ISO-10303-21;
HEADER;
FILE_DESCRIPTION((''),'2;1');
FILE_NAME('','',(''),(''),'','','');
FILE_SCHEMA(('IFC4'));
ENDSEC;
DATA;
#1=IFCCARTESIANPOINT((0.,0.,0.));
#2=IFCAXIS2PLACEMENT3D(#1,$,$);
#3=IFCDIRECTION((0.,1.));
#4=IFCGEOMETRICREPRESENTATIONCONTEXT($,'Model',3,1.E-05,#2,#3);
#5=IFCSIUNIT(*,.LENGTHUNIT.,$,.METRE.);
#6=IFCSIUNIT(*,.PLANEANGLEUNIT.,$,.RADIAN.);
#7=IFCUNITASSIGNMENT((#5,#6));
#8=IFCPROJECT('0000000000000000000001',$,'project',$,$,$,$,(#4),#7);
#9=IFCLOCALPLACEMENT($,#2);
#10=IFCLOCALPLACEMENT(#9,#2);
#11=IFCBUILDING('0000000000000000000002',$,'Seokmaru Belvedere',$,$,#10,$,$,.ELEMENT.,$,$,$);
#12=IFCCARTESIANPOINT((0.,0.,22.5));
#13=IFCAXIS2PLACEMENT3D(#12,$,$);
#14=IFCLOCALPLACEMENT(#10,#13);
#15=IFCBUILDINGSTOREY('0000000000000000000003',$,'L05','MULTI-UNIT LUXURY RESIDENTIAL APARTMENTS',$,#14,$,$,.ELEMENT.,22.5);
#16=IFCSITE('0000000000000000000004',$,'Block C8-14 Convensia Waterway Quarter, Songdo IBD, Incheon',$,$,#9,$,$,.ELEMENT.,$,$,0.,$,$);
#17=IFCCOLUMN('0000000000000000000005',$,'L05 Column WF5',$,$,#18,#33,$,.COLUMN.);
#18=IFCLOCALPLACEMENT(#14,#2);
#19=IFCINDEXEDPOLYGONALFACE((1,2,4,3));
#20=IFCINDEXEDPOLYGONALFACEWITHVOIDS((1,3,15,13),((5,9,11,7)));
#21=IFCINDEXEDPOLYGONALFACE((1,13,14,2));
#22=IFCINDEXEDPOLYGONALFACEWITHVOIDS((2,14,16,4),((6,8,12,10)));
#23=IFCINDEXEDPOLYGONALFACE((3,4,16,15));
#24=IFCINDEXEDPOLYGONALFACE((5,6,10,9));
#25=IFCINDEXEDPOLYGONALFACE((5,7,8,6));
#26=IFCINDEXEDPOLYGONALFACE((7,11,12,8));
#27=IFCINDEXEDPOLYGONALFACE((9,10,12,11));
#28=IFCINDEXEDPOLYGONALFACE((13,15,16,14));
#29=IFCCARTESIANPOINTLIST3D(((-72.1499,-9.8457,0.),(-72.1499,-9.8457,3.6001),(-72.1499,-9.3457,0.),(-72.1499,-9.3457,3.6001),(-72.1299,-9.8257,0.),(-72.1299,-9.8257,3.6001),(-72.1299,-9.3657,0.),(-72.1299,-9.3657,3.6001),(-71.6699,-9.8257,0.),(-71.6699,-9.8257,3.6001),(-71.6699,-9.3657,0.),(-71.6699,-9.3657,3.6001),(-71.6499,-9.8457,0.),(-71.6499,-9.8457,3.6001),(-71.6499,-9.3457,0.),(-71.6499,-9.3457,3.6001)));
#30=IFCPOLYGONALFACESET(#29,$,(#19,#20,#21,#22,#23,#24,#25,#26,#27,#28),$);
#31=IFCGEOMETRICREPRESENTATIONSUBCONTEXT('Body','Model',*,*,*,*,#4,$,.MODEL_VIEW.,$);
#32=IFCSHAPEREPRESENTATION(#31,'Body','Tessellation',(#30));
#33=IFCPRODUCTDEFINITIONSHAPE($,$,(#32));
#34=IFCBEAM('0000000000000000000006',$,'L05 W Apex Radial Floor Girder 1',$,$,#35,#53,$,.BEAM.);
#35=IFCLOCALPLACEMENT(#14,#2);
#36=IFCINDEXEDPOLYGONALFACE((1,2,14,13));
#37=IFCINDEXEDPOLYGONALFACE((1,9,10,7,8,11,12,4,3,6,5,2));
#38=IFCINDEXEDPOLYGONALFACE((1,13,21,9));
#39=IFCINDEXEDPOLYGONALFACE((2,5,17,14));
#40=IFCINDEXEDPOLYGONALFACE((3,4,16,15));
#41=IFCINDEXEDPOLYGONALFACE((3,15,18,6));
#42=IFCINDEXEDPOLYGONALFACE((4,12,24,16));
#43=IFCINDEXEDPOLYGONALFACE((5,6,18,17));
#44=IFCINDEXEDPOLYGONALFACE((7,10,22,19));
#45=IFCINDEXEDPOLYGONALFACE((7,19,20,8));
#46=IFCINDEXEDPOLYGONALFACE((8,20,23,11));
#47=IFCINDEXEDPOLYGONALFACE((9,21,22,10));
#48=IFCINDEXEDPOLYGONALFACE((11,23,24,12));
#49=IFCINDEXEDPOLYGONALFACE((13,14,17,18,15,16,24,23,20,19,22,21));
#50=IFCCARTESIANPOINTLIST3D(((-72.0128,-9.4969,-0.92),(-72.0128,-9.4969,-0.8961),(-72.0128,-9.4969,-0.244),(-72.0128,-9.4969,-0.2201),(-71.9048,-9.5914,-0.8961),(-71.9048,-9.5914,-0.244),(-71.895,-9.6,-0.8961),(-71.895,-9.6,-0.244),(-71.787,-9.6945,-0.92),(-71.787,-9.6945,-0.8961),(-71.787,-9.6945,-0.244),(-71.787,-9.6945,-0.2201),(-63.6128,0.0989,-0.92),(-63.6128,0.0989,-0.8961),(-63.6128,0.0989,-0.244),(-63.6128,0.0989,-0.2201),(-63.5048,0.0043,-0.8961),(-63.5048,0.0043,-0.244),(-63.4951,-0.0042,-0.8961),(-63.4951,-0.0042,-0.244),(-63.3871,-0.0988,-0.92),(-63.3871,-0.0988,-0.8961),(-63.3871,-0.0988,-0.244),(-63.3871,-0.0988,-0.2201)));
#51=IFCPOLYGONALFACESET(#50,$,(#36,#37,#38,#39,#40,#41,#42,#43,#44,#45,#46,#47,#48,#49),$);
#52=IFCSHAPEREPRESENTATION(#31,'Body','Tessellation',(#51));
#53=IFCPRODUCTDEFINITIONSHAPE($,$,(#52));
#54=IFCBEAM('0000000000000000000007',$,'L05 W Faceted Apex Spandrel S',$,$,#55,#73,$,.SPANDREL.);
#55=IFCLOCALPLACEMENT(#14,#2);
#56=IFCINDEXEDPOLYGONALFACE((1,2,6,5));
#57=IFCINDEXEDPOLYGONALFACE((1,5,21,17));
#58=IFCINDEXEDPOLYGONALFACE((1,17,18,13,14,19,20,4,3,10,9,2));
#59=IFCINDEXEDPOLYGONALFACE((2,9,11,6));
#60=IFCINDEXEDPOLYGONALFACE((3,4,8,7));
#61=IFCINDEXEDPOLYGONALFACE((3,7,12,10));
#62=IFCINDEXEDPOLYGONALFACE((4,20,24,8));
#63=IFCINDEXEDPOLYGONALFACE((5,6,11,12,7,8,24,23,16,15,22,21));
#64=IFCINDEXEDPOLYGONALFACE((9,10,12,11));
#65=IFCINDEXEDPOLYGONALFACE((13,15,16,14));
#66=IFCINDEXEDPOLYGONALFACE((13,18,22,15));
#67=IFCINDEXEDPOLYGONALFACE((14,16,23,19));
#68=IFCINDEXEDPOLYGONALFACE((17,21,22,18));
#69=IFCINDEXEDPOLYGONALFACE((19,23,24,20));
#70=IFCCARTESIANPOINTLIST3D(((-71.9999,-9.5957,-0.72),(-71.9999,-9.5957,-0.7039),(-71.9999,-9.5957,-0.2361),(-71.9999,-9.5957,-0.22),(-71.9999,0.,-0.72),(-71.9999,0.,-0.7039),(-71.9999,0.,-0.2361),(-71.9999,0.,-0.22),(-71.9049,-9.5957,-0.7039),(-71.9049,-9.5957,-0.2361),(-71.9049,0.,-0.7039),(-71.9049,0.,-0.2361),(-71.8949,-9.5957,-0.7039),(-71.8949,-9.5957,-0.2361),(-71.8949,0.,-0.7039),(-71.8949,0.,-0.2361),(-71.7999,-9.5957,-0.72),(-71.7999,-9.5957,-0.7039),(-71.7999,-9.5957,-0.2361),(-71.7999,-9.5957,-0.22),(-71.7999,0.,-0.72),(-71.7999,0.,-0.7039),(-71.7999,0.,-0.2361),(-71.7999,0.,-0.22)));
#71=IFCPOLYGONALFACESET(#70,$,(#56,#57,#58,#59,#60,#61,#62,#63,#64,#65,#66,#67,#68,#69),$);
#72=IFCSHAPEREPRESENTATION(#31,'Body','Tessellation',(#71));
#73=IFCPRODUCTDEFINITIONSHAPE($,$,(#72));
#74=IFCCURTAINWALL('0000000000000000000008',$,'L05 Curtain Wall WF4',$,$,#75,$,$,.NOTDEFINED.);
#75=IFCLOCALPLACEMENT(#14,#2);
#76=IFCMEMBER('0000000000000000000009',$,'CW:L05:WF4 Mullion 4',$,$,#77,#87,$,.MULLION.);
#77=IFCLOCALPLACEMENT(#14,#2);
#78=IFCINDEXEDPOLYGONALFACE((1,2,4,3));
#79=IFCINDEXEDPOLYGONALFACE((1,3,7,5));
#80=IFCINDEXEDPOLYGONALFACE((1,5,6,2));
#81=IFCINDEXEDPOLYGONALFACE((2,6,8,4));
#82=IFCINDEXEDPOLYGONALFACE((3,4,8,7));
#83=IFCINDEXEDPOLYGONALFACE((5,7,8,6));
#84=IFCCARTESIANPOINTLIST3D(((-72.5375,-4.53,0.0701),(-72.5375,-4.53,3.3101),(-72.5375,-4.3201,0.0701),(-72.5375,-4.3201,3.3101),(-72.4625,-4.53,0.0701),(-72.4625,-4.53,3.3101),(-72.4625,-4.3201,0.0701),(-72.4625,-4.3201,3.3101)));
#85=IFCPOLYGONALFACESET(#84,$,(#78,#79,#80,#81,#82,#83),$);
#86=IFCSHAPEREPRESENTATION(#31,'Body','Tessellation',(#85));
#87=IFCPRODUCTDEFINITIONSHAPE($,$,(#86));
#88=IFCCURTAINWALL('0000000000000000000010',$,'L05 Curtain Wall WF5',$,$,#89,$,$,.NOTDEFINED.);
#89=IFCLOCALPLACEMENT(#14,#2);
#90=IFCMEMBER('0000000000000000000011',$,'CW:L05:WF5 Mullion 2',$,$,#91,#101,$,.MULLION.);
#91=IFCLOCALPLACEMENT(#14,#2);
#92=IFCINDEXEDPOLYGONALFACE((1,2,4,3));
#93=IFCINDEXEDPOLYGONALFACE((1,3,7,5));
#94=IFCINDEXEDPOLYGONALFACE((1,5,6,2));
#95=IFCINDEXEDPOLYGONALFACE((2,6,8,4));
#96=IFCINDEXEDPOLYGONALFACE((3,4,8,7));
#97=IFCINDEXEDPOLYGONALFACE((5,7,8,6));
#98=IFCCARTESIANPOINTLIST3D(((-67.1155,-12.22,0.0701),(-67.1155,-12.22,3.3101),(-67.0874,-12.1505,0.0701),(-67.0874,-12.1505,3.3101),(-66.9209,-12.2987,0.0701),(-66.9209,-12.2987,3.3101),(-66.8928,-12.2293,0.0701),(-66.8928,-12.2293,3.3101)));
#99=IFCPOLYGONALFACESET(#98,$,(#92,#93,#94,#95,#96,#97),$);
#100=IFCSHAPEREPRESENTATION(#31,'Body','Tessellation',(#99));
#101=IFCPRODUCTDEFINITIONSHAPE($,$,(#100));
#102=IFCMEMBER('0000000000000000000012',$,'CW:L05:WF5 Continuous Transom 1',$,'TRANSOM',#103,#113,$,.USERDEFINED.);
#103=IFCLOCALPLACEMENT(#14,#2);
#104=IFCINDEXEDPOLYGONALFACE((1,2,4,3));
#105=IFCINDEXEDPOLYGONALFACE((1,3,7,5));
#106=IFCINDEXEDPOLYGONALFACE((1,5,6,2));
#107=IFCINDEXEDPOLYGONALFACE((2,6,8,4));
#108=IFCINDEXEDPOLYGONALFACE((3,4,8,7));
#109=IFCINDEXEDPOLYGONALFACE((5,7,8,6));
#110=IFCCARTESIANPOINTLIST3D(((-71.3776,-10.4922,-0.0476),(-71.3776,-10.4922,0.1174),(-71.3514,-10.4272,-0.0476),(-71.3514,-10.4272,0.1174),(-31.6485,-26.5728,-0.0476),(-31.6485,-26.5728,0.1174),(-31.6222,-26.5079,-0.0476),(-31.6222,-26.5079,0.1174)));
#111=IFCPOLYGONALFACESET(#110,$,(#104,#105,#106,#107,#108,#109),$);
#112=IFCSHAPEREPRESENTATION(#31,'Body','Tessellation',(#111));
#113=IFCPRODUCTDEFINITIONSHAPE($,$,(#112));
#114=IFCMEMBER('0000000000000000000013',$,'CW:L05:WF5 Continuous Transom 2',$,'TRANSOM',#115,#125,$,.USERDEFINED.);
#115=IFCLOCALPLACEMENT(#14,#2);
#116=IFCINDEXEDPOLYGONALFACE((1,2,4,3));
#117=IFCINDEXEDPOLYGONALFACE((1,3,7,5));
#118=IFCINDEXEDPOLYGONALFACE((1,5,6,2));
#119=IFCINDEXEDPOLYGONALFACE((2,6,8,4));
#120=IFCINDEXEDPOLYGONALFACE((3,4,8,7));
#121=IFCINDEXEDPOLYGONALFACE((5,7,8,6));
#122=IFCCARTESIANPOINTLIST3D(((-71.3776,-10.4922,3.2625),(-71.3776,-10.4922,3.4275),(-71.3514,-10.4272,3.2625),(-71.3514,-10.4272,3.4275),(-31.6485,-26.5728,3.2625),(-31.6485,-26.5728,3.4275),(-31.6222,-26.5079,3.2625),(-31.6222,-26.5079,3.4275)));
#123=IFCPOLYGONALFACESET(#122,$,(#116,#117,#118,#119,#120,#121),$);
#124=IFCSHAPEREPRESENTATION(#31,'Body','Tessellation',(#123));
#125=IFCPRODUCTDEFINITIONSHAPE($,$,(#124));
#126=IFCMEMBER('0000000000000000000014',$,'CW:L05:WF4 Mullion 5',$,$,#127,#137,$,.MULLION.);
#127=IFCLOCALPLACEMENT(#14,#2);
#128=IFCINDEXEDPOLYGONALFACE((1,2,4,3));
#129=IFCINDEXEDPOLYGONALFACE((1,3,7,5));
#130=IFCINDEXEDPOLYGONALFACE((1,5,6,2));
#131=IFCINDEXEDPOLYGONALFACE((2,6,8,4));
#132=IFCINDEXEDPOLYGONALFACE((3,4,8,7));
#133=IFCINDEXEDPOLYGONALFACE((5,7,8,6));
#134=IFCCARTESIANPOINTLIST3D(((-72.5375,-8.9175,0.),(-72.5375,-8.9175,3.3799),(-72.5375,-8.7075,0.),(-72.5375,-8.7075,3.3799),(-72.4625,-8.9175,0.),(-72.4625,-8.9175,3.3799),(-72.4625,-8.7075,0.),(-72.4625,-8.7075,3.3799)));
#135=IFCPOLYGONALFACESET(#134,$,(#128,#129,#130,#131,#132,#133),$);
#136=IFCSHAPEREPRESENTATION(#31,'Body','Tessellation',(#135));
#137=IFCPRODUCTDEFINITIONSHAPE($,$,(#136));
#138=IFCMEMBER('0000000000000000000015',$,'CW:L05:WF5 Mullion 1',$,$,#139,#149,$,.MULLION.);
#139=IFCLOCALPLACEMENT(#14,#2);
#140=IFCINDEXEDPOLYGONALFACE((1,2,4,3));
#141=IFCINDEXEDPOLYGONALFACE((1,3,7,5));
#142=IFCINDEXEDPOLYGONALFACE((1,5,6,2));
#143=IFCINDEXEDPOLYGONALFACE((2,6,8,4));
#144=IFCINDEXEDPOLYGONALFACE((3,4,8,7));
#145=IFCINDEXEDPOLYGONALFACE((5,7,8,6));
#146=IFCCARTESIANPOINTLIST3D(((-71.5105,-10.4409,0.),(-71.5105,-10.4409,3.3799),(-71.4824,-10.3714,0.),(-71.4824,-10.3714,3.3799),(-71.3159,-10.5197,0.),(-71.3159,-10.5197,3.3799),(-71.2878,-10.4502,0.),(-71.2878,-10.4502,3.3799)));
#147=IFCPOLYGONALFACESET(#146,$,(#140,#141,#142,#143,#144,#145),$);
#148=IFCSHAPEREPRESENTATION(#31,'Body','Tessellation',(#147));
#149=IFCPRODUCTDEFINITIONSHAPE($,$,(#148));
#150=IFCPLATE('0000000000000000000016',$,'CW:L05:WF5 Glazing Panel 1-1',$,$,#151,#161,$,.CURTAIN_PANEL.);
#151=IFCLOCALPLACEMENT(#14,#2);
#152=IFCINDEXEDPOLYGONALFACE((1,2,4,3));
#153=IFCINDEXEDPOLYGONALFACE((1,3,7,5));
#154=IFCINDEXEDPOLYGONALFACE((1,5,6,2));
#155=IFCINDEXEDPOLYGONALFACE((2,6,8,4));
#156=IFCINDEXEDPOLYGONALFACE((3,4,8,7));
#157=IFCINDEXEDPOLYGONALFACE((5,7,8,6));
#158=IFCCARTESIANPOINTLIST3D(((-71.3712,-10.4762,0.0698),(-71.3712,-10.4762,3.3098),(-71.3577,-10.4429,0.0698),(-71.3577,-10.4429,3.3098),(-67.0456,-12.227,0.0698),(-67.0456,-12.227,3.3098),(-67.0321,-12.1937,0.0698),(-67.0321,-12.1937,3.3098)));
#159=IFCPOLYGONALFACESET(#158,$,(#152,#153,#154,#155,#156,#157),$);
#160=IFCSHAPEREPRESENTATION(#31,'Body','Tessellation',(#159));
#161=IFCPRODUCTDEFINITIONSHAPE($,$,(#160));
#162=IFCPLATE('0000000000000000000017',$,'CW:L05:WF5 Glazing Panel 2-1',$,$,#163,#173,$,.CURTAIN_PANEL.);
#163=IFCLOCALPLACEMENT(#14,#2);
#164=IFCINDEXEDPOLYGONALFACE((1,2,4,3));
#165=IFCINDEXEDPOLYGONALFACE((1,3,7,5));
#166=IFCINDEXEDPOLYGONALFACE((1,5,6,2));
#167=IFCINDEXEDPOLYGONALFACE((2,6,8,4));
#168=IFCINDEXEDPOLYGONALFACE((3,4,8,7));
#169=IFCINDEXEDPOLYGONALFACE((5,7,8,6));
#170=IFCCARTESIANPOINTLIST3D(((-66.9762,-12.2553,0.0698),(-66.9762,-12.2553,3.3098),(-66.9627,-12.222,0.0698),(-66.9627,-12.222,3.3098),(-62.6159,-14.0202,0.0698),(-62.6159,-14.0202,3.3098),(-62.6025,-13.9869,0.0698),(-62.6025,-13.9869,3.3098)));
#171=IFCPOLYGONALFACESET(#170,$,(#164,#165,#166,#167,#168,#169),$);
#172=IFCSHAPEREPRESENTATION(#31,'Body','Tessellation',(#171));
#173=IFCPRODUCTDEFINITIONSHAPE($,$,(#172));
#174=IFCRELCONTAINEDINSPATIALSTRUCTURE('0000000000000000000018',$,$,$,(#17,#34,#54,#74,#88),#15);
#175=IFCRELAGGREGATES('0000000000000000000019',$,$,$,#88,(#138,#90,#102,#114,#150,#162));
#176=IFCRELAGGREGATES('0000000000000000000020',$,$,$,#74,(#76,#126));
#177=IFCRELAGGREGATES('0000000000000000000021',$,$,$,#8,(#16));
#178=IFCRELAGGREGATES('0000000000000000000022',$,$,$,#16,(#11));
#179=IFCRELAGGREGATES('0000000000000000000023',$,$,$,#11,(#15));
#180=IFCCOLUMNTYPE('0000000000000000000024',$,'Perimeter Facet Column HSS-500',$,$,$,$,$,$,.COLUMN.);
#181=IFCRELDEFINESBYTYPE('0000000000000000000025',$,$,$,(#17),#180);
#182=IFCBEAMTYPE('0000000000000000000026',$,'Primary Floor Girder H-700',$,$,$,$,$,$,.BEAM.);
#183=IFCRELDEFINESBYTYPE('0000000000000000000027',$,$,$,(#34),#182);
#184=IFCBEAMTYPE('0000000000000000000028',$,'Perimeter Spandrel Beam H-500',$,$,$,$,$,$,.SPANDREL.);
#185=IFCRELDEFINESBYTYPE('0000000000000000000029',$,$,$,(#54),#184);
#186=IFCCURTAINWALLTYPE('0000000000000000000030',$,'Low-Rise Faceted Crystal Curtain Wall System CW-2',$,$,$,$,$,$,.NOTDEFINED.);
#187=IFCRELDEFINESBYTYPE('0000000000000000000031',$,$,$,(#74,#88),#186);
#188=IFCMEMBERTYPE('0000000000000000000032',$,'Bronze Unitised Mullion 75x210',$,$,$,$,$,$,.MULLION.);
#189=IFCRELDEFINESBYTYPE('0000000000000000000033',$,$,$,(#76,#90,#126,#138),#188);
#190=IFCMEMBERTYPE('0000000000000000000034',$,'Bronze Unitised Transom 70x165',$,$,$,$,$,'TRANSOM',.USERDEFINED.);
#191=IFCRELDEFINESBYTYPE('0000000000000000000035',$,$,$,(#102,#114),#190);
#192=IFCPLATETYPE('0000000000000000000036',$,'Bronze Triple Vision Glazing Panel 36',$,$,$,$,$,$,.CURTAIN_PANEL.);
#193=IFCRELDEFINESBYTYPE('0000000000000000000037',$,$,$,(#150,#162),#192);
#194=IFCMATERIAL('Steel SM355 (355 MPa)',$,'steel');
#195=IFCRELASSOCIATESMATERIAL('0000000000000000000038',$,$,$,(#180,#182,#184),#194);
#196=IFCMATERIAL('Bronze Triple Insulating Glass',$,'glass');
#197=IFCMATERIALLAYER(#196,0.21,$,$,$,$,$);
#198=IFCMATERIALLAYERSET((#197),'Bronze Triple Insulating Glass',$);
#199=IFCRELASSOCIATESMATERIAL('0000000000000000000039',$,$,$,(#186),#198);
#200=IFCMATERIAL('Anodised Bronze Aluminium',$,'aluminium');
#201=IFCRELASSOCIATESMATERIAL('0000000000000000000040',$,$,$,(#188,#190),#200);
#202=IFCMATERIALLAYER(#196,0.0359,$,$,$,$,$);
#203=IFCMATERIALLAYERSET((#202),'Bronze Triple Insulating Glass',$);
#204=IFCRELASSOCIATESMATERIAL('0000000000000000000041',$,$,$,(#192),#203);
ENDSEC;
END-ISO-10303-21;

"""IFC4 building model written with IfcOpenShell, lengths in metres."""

from ifc_helpers import new_model, si_unit, direction, frame, origin, origin_2d, place, context, subcontext, project, spatial, rectangle, hollow_rectangle, i_section, extrude, source, transform, mapped, material, layer, layer_set, material_profile, profile_set, type_object, type_shapes, element, aggregate, save


model = new_model("IFC4")

# Units and contexts
model_context = context("Model", 3, precision=1e-05, world=origin(), true_north=direction((0.0, 1.0)))
body_context = subcontext(model_context, "Body", "Model", "MODEL_VIEW")
ifc_project = project(units=[si_unit("LENGTHUNIT", "METRE"), si_unit("PLANEANGLEUNIT", "RADIAN")], contexts=[model_context])

# Site, building, storey
site_placement = place(None, origin())
site = spatial("IfcSite", under=ifc_project, at=site_placement, Name="Block C8-14 Convensia Waterway Quarter, Songdo IBD, Incheon", CompositionType="ELEMENT", RefElevation=0.0)
building_placement = place(site_placement, origin())
building = spatial("IfcBuilding", under=site, at=building_placement, Name="Seokmaru Belvedere", CompositionType="ELEMENT")
storey_placement = place(building_placement, frame((0.0, 0.0, 22.5)))
storey = spatial("IfcBuildingStorey", under=building, at=storey_placement, Name="L05", Description="MULTI-UNIT LUXURY RESIDENTIAL APARTMENTS", CompositionType="ELEMENT", Elevation=22.5)

# Column
ifc_material_1 = material(Name="Steel SM355 (355 MPa)", Category="steel")
ifc_material_profile_1 = material_profile(ifc_material_1, hollow_rectangle(XDim=0.5, YDim=0.5, WallThickness=0.02, at=origin_2d()), Name="HSS-500x500x20")
ifc_profile_set_1 = profile_set([ifc_material_profile_1], Name="Steel SM355 (355 MPa)")
column_type = type_object("IfcColumnType", Name="Perimeter Facet Column HSS-500", PredefinedType="COLUMN", material=ifc_profile_set_1)
shared_shape_1 = source(origin(), body_context, "Body", "SweptSolid", [
    extrude(hollow_rectangle(XDim=0.5, YDim=0.5, WallThickness=0.02, at=origin_2d()), origin(), (0.0, 0.0, 1.0), 3.6001),
])
type_shapes(column_type, [shared_shape_1])
column_placement = place(storey_placement, frame((-71.8999, -9.5957, 0.0), z_axis=(0.0, 0.0, 1.0), x_axis=(1.0, 0.0, 0.0)))
element("IfcColumn", 1, at=column_placement, inside=storey, type_object=column_type, Name="L05 Column WF5", PredefinedType="COLUMN", context=body_context, shape_type="MappedRepresentation", body=[
    mapped(shared_shape_1, transform((0.0, 0.0, 0.0), scale=1.0)),
])

# Beams
ifc_material_profile_2 = material_profile(ifc_material_1, i_section(OverallWidth=0.3, OverallDepth=0.7, WebThickness=0.0129, FlangeThickness=0.0239, at=origin_2d()), Name="H-700x300x13x24")
ifc_profile_set_2 = profile_set([ifc_material_profile_2], Name="Steel SM355 (355 MPa)")
beam_type_1 = type_object("IfcBeamType", Name="Primary Floor Girder H-700", PredefinedType="BEAM", material=ifc_profile_set_2)
shared_shape_2 = source(origin(), body_context, "Body", "SweptSolid", [
    extrude(i_section(OverallWidth=0.3, OverallDepth=0.7, WebThickness=0.0129, FlangeThickness=0.0239, at=origin_2d()), origin(), (0.0, 0.0, 1.0), 12.7529),
])
type_shapes(beam_type_1, [shared_shape_2])
beam_1_placement = place(storey_placement, frame((-71.8999, -9.5957, -0.5701), z_axis=(0.658667, 0.752434, 0.0), x_axis=(-0.752434, 0.658667, 0.0)))
element("IfcBeam", 2, at=beam_1_placement, inside=storey, type_object=beam_type_1, Name="L05 W Apex Radial Floor Girder 1", PredefinedType="BEAM", context=body_context, shape_type="MappedRepresentation", body=[
    mapped(shared_shape_2, transform((0.0, 0.0, 0.0), scale=1.0)),
])
ifc_material_profile_3 = material_profile(ifc_material_1, i_section(OverallWidth=0.2, OverallDepth=0.5, WebThickness=0.01, FlangeThickness=0.0161, at=origin_2d()), Name="H-500x200x10x16")
ifc_profile_set_3 = profile_set([ifc_material_profile_3], Name="Steel SM355 (355 MPa)")
beam_type_2 = type_object("IfcBeamType", Name="Perimeter Spandrel Beam H-500", PredefinedType="SPANDREL", material=ifc_profile_set_3)
shared_shape_3 = source(origin(), body_context, "Body", "SweptSolid", [
    extrude(i_section(OverallWidth=0.2, OverallDepth=0.5, WebThickness=0.01, FlangeThickness=0.0161, at=origin_2d()), origin(), (0.0, 0.0, 1.0), 9.5957),
])
type_shapes(beam_type_2, [shared_shape_3])
beam_2_placement = place(storey_placement, frame((-71.8999, -9.5957, -0.47), z_axis=(0.0, 1.0, 0.0), x_axis=(-1.0, 0.0, 0.0)))
element("IfcBeam", 3, at=beam_2_placement, inside=storey, type_object=beam_type_2, Name="L05 W Faceted Apex Spandrel S", PredefinedType="SPANDREL", context=body_context, shape_type="MappedRepresentation", body=[
    mapped(shared_shape_3, transform((0.0, 0.0, 0.0), scale=1.0)),
])

# Curtain wall, member
ifc_material_2 = material(Name="Bronze Triple Insulating Glass", Category="glass")
ifc_layer_1 = layer(ifc_material_2, 0.21)
ifc_layer_set_1 = layer_set([ifc_layer_1], Name="Bronze Triple Insulating Glass")
curtain_wall_type = type_object("IfcCurtainWallType", Name="Low-Rise Faceted Crystal Curtain Wall System CW-2", PredefinedType="NOTDEFINED", material=ifc_layer_set_1)
curtain_wall_1_placement = place(storey_placement, origin())
curtain_wall_1 = element("IfcCurtainWall", 4, at=curtain_wall_1_placement, inside=storey, type_object=curtain_wall_type, Name="L05 Curtain Wall WF4", PredefinedType="NOTDEFINED")
ifc_material_3 = material(Name="Anodised Bronze Aluminium", Category="aluminium")
ifc_material_profile_4 = material_profile(ifc_material_3, rectangle(XDim=0.075, YDim=0.21, at=origin_2d()), Name="CW-M-75x210")
ifc_profile_set_4 = profile_set([ifc_material_profile_4], Name="Anodised Bronze Aluminium")
member_type_1 = type_object("IfcMemberType", Name="Bronze Unitised Mullion 75x210", PredefinedType="MULLION", material=ifc_profile_set_4)
shared_shape_4 = source(origin(), body_context, "Body", "SweptSolid", [
    extrude(rectangle(XDim=0.075, YDim=0.21, at=origin_2d()), origin(), (0.0, 0.0, 1.0), 3.24),
])
member_1_placement = place(storey_placement, frame((-72.5, -4.425, 0.0701), z_axis=(0.0, 0.0, 1.0), x_axis=(1.0, 0.0, 0.0)))
member_1 = element("IfcMember", 5, at=member_1_placement, type_object=member_type_1, Name="CW:L05:WF4 Mullion 4", PredefinedType="MULLION", context=body_context, shape_type="MappedRepresentation", body=[
    mapped(shared_shape_4, transform((0.0, 0.0, 0.0), scale=1.0)),
])

# Curtain wall, members
curtain_wall_2_placement = place(storey_placement, origin())
curtain_wall_2 = element("IfcCurtainWall", 6, at=curtain_wall_2_placement, inside=storey, type_object=curtain_wall_type, Name="L05 Curtain Wall WF5", PredefinedType="NOTDEFINED")
member_2_placement = place(storey_placement, frame((-67.0042, -12.2246, 0.0701), z_axis=(0.0, 0.0, 1.0), x_axis=(0.375192, 0.926947, 0.0)))
member_2 = element("IfcMember", 7, at=member_2_placement, type_object=member_type_1, Name="CW:L05:WF5 Mullion 2", PredefinedType="MULLION", context=body_context, shape_type="MappedRepresentation", body=[
    mapped(shared_shape_4, transform((0.0, 0.0, 0.0), scale=1.0)),
])
ifc_material_profile_5 = material_profile(ifc_material_3, rectangle(XDim=0.0701, YDim=0.165, at=origin_2d()), Name="CW-T-70x165")
ifc_profile_set_5 = profile_set([ifc_material_profile_5], Name="Anodised Bronze Aluminium")
member_type_2 = type_object("IfcMemberType", Name="Bronze Unitised Transom 70x165", ElementType="TRANSOM", PredefinedType="USERDEFINED", material=ifc_profile_set_5)
shared_shape_5 = source(origin(), body_context, "Body", "SweptSolid", [
    extrude(rectangle(XDim=0.0701, YDim=0.165, at=origin_2d()), origin(), (0.0, 0.0, 1.0), 42.8601),
])
type_shapes(member_type_2, [shared_shape_5])
member_3_placement = place(storey_placement, frame((-71.3645, -10.4597, 0.0349), z_axis=(0.926949, -0.375188, 0.0), x_axis=(0.375188, 0.926949, 0.0)))
member_3 = element("IfcMember", 8, at=member_3_placement, type_object=member_type_2, Name="CW:L05:WF5 Continuous Transom 1", ObjectType="TRANSOM", PredefinedType="USERDEFINED", context=body_context, shape_type="MappedRepresentation", body=[
    mapped(shared_shape_5, transform((0.0, 0.0, 0.0), scale=1.0)),
])
member_4_placement = place(storey_placement, frame((-71.3645, -10.4597, 3.345), z_axis=(0.926949, -0.375188, 0.0), x_axis=(0.375188, 0.926949, 0.0)))
member_4 = element("IfcMember", 9, at=member_4_placement, type_object=member_type_2, Name="CW:L05:WF5 Continuous Transom 2", ObjectType="TRANSOM", PredefinedType="USERDEFINED", context=body_context, shape_type="MappedRepresentation", body=[
    mapped(shared_shape_5, transform((0.0, 0.0, 0.0), scale=1.0)),
])

# Members
shared_shape_6 = source(origin(), body_context, "Body", "SweptSolid", [
    extrude(rectangle(XDim=0.075, YDim=0.21, at=origin_2d()), origin(), (0.0, 0.0, 1.0), 3.3799),
])
type_shapes(member_type_1, [shared_shape_4, shared_shape_6])
member_5_placement = place(storey_placement, frame((-72.5, -8.8125, 0.0), z_axis=(0.0, 0.0, 1.0), x_axis=(1.0, 0.0, 0.0)))
member_5 = element("IfcMember", 10, at=member_5_placement, type_object=member_type_1, Name="CW:L05:WF4 Mullion 5", PredefinedType="MULLION", context=body_context, shape_type="MappedRepresentation", body=[
    mapped(shared_shape_6, transform((0.0, 0.0, 0.0), scale=1.0)),
])
member_6_placement = place(storey_placement, frame((-71.3992, -10.4456, 0.0), z_axis=(0.0, 0.0, 1.0), x_axis=(0.375192, 0.926947, 0.0)))
member_6 = element("IfcMember", 11, at=member_6_placement, type_object=member_type_1, Name="CW:L05:WF5 Mullion 1", PredefinedType="MULLION", context=body_context, shape_type="MappedRepresentation", body=[
    mapped(shared_shape_6, transform((0.0, 0.0, 0.0), scale=1.0)),
])

# Plates
ifc_layer_2 = layer(ifc_material_2, 0.0359)
ifc_layer_set_2 = layer_set([ifc_layer_2], Name="Bronze Triple Insulating Glass")
plate_type = type_object("IfcPlateType", Name="Bronze Triple Vision Glazing Panel 36", PredefinedType="CURTAIN_PANEL", material=ifc_layer_set_2)
shared_shape_7 = source(origin(), body_context, "Body", "SweptSolid", [
    extrude(rectangle(XDim=4.6665, YDim=0.0359, at=origin_2d()), origin(), (0.0, 0.0, 1.0), 3.24),
])
plate_1_placement = place(storey_placement, frame((-69.2017, -11.335, 0.0698), z_axis=(0.0, 0.0, 1.0), x_axis=(0.926947, -0.375192, 0.0)))
plate_1 = element("IfcPlate", 12, at=plate_1_placement, type_object=plate_type, Name="CW:L05:WF5 Glazing Panel 1-1", PredefinedType="CURTAIN_PANEL", context=body_context, shape_type="MappedRepresentation", body=[
    mapped(shared_shape_7, transform((0.0, 0.0, 0.0), scale=1.0)),
])
shared_shape_8 = source(origin(), body_context, "Body", "SweptSolid", [
    extrude(rectangle(XDim=4.7039, YDim=0.0359, at=origin_2d()), origin(), (0.0, 0.0, 1.0), 3.24),
])
plate_2_placement = place(storey_placement, frame((-64.7893, -13.1211, 0.0698), z_axis=(0.0, 0.0, 1.0), x_axis=(0.926947, -0.375192, 0.0)))
plate_2 = element("IfcPlate", 13, at=plate_2_placement, type_object=plate_type, Name="CW:L05:WF5 Glazing Panel 2-1", PredefinedType="CURTAIN_PANEL", context=body_context, shape_type="MappedRepresentation", body=[
    mapped(shared_shape_8, transform((0.0, 0.0, 0.0), scale=1.0)),
])
aggregate(curtain_wall_2, [member_6, member_2, member_3, member_4, plate_1, plate_2])
aggregate(curtain_wall_1, [member_1, member_5])

save(model, "model.ifc")
